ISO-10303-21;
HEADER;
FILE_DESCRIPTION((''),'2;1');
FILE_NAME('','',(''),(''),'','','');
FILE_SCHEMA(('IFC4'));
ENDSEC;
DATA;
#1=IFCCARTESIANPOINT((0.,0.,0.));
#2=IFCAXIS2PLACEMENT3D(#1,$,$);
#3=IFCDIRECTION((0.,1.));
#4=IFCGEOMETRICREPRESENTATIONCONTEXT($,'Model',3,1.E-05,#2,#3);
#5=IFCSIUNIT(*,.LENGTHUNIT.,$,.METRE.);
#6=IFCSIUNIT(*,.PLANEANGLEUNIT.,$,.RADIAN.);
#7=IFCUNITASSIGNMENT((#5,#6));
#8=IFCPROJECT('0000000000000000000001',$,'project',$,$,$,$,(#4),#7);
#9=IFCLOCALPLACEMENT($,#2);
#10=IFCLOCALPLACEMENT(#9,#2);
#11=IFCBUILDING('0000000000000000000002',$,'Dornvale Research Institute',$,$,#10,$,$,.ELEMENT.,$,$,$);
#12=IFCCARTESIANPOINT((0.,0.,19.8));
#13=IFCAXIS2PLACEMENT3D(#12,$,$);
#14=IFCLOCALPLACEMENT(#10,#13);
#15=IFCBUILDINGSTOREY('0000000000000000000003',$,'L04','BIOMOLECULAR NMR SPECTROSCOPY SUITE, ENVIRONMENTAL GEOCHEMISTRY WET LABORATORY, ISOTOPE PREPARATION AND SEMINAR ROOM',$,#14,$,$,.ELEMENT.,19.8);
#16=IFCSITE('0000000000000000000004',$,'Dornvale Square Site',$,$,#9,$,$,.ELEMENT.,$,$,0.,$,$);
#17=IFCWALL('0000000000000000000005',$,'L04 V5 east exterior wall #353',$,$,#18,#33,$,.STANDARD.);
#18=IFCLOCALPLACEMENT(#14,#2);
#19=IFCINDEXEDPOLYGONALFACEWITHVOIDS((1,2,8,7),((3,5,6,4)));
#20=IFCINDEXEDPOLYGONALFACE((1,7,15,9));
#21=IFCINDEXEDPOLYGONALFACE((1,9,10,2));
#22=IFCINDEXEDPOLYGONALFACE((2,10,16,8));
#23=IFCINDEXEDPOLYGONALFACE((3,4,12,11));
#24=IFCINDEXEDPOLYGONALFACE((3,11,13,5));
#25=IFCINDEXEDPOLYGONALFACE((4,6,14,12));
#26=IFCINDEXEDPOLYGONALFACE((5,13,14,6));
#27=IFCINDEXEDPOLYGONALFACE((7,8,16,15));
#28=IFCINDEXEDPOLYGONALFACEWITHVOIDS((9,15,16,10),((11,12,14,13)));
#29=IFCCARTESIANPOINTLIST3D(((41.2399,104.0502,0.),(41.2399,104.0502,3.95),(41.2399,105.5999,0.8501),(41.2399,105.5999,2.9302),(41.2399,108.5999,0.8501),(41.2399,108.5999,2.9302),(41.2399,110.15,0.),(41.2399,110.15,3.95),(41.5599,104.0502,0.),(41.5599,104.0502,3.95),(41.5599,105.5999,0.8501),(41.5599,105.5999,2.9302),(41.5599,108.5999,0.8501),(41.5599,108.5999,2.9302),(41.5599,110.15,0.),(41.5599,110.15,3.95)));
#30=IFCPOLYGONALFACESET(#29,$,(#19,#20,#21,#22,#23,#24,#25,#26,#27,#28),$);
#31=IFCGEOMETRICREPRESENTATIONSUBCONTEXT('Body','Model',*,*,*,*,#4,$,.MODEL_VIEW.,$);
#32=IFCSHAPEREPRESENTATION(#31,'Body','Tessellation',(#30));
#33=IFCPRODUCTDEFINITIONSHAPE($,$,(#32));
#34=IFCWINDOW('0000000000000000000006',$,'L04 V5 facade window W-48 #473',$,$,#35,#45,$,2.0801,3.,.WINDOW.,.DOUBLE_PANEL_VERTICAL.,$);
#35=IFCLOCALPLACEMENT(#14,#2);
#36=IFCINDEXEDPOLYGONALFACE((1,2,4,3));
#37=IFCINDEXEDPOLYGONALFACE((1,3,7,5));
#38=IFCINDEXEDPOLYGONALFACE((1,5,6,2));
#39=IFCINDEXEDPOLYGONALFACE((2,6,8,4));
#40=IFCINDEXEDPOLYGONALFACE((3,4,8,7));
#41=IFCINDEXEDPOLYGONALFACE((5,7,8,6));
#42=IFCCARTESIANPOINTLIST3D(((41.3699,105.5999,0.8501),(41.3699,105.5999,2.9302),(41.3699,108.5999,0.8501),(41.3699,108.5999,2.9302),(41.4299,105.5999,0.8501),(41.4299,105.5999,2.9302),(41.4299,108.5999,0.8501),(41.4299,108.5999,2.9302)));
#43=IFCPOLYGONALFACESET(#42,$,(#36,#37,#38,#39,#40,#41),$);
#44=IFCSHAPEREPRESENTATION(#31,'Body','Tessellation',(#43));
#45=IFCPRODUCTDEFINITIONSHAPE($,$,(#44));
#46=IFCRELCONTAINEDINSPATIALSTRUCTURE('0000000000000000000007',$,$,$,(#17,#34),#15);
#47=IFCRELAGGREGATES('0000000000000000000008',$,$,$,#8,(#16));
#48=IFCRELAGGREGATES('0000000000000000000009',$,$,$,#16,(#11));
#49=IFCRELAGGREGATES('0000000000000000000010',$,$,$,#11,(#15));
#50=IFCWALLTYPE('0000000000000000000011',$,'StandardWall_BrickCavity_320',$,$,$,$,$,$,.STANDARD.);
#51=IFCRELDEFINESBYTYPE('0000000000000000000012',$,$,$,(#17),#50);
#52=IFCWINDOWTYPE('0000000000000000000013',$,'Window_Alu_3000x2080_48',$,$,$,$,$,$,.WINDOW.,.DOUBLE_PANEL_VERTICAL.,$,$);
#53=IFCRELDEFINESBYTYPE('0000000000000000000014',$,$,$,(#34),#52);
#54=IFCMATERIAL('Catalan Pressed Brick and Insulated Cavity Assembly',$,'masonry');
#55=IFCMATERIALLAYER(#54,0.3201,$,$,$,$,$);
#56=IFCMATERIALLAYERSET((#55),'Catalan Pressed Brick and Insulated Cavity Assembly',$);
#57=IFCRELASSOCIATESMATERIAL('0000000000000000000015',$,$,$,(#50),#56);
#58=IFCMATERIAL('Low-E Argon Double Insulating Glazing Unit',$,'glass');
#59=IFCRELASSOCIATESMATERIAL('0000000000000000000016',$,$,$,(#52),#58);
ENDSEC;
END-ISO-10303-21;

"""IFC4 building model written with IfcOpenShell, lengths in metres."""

from ifc_helpers import new_model, si_unit, direction, frame, frame_2d, origin, place, context, subcontext, project, spatial, rectangle, extrude, material, layer, layer_set, type_object, element, fill, save


model = new_model("IFC4")

# Units and contexts
model_context = context("Model", 3, precision=1e-05, world=origin(), true_north=direction((0.0, 1.0)))
body_context = subcontext(model_context, "Body", "Model", "MODEL_VIEW")
ifc_project = project(units=[si_unit("LENGTHUNIT", "METRE"), si_unit("PLANEANGLEUNIT", "RADIAN")], contexts=[model_context])

# Site, building, storey
site_placement = place(None, origin())
site = spatial("IfcSite", under=ifc_project, at=site_placement, Name="Dornvale Square Site", CompositionType="ELEMENT", RefElevation=0.0)
building_placement = place(site_placement, origin())
building = spatial("IfcBuilding", under=site, at=building_placement, Name="Dornvale Research Institute", CompositionType="ELEMENT")
storey_placement = place(building_placement, frame((0.0, 0.0, 19.8)))
storey = spatial("IfcBuildingStorey", under=building, at=storey_placement, Name="L04", Description="BIOMOLECULAR NMR SPECTROSCOPY SUITE, ENVIRONMENTAL GEOCHEMISTRY WET LABORATORY, ISOTOPE PREPARATION AND SEMINAR ROOM", CompositionType="ELEMENT", Elevation=19.8)

# Wall, opening, window
ifc_material_1 = material(Name="Catalan Pressed Brick and Insulated Cavity Assembly", Category="masonry")
ifc_layer_1 = layer(ifc_material_1, 0.3201)
ifc_layer_set_1 = layer_set([ifc_layer_1], Name="Catalan Pressed Brick and Insulated Cavity Assembly")
wall_type = type_object("IfcWallType", Name="StandardWall_BrickCavity_320", PredefinedType="STANDARD", material=ifc_layer_set_1)
wall_placement = place(storey_placement, frame((41.3999, 110.1499, 0.0), z_axis=(0.0, 0.0, 1.0), x_axis=(0.0, -1.0, 0.0)))
wall = element("IfcWall", 1, at=wall_placement, inside=storey, type_object=wall_type, Name="L04 V5 east exterior wall #353", PredefinedType="STANDARD", context=body_context, shape_type="SweptSolid", body=[
    extrude(rectangle(XDim=6.0999, YDim=0.3201, at=frame_2d((3.0498, 0.0))), origin(), (0.0, 0.0, 1.0), 3.95),
])
opening_placement = place(wall_placement, frame((1.55, 0.0, 0.8501)))
opening = element("IfcOpeningElement", 2, at=opening_placement, cuts=wall, PredefinedType="OPENING", context=body_context, shape_type="SweptSolid", body=[
    extrude(rectangle(XDim=3.0, YDim=2.0801, at=frame_2d((1.5, 1.04))), frame((0.0, 0.175, 0.0), z_axis=(0.0, -1.0, 0.0), x_axis=(1.0, 0.0, 0.0)), (0.0, 0.0, 1.0), 0.3501),
])
ifc_material_2 = material(Name="Low-E Argon Double Insulating Glazing Unit", Category="glass")
window_type = type_object("IfcWindowType", Name="Window_Alu_3000x2080_48", PartitioningType="DOUBLE_PANEL_VERTICAL", PredefinedType="WINDOW", material=ifc_material_2)
window_placement = place(opening_placement, origin())
window = element("IfcWindow", 3, at=window_placement, inside=storey, type_object=window_type, Name="L04 V5 facade window W-48 #473", OverallHeight=2.0801, OverallWidth=3.0, PartitioningType="DOUBLE_PANEL_VERTICAL", PredefinedType="WINDOW", context=body_context, shape_type="SweptSolid", body=[
    extrude(rectangle(XDim=3.0, YDim=2.0801, at=frame_2d((1.5, 1.04))), frame((0.0, 0.03, 0.0), z_axis=(0.0, -1.0, 0.0), x_axis=(1.0, 0.0, 0.0)), (0.0, 0.0, 1.0), 0.0601),
])
fill(opening, window)

save(model, "model.ifc")
